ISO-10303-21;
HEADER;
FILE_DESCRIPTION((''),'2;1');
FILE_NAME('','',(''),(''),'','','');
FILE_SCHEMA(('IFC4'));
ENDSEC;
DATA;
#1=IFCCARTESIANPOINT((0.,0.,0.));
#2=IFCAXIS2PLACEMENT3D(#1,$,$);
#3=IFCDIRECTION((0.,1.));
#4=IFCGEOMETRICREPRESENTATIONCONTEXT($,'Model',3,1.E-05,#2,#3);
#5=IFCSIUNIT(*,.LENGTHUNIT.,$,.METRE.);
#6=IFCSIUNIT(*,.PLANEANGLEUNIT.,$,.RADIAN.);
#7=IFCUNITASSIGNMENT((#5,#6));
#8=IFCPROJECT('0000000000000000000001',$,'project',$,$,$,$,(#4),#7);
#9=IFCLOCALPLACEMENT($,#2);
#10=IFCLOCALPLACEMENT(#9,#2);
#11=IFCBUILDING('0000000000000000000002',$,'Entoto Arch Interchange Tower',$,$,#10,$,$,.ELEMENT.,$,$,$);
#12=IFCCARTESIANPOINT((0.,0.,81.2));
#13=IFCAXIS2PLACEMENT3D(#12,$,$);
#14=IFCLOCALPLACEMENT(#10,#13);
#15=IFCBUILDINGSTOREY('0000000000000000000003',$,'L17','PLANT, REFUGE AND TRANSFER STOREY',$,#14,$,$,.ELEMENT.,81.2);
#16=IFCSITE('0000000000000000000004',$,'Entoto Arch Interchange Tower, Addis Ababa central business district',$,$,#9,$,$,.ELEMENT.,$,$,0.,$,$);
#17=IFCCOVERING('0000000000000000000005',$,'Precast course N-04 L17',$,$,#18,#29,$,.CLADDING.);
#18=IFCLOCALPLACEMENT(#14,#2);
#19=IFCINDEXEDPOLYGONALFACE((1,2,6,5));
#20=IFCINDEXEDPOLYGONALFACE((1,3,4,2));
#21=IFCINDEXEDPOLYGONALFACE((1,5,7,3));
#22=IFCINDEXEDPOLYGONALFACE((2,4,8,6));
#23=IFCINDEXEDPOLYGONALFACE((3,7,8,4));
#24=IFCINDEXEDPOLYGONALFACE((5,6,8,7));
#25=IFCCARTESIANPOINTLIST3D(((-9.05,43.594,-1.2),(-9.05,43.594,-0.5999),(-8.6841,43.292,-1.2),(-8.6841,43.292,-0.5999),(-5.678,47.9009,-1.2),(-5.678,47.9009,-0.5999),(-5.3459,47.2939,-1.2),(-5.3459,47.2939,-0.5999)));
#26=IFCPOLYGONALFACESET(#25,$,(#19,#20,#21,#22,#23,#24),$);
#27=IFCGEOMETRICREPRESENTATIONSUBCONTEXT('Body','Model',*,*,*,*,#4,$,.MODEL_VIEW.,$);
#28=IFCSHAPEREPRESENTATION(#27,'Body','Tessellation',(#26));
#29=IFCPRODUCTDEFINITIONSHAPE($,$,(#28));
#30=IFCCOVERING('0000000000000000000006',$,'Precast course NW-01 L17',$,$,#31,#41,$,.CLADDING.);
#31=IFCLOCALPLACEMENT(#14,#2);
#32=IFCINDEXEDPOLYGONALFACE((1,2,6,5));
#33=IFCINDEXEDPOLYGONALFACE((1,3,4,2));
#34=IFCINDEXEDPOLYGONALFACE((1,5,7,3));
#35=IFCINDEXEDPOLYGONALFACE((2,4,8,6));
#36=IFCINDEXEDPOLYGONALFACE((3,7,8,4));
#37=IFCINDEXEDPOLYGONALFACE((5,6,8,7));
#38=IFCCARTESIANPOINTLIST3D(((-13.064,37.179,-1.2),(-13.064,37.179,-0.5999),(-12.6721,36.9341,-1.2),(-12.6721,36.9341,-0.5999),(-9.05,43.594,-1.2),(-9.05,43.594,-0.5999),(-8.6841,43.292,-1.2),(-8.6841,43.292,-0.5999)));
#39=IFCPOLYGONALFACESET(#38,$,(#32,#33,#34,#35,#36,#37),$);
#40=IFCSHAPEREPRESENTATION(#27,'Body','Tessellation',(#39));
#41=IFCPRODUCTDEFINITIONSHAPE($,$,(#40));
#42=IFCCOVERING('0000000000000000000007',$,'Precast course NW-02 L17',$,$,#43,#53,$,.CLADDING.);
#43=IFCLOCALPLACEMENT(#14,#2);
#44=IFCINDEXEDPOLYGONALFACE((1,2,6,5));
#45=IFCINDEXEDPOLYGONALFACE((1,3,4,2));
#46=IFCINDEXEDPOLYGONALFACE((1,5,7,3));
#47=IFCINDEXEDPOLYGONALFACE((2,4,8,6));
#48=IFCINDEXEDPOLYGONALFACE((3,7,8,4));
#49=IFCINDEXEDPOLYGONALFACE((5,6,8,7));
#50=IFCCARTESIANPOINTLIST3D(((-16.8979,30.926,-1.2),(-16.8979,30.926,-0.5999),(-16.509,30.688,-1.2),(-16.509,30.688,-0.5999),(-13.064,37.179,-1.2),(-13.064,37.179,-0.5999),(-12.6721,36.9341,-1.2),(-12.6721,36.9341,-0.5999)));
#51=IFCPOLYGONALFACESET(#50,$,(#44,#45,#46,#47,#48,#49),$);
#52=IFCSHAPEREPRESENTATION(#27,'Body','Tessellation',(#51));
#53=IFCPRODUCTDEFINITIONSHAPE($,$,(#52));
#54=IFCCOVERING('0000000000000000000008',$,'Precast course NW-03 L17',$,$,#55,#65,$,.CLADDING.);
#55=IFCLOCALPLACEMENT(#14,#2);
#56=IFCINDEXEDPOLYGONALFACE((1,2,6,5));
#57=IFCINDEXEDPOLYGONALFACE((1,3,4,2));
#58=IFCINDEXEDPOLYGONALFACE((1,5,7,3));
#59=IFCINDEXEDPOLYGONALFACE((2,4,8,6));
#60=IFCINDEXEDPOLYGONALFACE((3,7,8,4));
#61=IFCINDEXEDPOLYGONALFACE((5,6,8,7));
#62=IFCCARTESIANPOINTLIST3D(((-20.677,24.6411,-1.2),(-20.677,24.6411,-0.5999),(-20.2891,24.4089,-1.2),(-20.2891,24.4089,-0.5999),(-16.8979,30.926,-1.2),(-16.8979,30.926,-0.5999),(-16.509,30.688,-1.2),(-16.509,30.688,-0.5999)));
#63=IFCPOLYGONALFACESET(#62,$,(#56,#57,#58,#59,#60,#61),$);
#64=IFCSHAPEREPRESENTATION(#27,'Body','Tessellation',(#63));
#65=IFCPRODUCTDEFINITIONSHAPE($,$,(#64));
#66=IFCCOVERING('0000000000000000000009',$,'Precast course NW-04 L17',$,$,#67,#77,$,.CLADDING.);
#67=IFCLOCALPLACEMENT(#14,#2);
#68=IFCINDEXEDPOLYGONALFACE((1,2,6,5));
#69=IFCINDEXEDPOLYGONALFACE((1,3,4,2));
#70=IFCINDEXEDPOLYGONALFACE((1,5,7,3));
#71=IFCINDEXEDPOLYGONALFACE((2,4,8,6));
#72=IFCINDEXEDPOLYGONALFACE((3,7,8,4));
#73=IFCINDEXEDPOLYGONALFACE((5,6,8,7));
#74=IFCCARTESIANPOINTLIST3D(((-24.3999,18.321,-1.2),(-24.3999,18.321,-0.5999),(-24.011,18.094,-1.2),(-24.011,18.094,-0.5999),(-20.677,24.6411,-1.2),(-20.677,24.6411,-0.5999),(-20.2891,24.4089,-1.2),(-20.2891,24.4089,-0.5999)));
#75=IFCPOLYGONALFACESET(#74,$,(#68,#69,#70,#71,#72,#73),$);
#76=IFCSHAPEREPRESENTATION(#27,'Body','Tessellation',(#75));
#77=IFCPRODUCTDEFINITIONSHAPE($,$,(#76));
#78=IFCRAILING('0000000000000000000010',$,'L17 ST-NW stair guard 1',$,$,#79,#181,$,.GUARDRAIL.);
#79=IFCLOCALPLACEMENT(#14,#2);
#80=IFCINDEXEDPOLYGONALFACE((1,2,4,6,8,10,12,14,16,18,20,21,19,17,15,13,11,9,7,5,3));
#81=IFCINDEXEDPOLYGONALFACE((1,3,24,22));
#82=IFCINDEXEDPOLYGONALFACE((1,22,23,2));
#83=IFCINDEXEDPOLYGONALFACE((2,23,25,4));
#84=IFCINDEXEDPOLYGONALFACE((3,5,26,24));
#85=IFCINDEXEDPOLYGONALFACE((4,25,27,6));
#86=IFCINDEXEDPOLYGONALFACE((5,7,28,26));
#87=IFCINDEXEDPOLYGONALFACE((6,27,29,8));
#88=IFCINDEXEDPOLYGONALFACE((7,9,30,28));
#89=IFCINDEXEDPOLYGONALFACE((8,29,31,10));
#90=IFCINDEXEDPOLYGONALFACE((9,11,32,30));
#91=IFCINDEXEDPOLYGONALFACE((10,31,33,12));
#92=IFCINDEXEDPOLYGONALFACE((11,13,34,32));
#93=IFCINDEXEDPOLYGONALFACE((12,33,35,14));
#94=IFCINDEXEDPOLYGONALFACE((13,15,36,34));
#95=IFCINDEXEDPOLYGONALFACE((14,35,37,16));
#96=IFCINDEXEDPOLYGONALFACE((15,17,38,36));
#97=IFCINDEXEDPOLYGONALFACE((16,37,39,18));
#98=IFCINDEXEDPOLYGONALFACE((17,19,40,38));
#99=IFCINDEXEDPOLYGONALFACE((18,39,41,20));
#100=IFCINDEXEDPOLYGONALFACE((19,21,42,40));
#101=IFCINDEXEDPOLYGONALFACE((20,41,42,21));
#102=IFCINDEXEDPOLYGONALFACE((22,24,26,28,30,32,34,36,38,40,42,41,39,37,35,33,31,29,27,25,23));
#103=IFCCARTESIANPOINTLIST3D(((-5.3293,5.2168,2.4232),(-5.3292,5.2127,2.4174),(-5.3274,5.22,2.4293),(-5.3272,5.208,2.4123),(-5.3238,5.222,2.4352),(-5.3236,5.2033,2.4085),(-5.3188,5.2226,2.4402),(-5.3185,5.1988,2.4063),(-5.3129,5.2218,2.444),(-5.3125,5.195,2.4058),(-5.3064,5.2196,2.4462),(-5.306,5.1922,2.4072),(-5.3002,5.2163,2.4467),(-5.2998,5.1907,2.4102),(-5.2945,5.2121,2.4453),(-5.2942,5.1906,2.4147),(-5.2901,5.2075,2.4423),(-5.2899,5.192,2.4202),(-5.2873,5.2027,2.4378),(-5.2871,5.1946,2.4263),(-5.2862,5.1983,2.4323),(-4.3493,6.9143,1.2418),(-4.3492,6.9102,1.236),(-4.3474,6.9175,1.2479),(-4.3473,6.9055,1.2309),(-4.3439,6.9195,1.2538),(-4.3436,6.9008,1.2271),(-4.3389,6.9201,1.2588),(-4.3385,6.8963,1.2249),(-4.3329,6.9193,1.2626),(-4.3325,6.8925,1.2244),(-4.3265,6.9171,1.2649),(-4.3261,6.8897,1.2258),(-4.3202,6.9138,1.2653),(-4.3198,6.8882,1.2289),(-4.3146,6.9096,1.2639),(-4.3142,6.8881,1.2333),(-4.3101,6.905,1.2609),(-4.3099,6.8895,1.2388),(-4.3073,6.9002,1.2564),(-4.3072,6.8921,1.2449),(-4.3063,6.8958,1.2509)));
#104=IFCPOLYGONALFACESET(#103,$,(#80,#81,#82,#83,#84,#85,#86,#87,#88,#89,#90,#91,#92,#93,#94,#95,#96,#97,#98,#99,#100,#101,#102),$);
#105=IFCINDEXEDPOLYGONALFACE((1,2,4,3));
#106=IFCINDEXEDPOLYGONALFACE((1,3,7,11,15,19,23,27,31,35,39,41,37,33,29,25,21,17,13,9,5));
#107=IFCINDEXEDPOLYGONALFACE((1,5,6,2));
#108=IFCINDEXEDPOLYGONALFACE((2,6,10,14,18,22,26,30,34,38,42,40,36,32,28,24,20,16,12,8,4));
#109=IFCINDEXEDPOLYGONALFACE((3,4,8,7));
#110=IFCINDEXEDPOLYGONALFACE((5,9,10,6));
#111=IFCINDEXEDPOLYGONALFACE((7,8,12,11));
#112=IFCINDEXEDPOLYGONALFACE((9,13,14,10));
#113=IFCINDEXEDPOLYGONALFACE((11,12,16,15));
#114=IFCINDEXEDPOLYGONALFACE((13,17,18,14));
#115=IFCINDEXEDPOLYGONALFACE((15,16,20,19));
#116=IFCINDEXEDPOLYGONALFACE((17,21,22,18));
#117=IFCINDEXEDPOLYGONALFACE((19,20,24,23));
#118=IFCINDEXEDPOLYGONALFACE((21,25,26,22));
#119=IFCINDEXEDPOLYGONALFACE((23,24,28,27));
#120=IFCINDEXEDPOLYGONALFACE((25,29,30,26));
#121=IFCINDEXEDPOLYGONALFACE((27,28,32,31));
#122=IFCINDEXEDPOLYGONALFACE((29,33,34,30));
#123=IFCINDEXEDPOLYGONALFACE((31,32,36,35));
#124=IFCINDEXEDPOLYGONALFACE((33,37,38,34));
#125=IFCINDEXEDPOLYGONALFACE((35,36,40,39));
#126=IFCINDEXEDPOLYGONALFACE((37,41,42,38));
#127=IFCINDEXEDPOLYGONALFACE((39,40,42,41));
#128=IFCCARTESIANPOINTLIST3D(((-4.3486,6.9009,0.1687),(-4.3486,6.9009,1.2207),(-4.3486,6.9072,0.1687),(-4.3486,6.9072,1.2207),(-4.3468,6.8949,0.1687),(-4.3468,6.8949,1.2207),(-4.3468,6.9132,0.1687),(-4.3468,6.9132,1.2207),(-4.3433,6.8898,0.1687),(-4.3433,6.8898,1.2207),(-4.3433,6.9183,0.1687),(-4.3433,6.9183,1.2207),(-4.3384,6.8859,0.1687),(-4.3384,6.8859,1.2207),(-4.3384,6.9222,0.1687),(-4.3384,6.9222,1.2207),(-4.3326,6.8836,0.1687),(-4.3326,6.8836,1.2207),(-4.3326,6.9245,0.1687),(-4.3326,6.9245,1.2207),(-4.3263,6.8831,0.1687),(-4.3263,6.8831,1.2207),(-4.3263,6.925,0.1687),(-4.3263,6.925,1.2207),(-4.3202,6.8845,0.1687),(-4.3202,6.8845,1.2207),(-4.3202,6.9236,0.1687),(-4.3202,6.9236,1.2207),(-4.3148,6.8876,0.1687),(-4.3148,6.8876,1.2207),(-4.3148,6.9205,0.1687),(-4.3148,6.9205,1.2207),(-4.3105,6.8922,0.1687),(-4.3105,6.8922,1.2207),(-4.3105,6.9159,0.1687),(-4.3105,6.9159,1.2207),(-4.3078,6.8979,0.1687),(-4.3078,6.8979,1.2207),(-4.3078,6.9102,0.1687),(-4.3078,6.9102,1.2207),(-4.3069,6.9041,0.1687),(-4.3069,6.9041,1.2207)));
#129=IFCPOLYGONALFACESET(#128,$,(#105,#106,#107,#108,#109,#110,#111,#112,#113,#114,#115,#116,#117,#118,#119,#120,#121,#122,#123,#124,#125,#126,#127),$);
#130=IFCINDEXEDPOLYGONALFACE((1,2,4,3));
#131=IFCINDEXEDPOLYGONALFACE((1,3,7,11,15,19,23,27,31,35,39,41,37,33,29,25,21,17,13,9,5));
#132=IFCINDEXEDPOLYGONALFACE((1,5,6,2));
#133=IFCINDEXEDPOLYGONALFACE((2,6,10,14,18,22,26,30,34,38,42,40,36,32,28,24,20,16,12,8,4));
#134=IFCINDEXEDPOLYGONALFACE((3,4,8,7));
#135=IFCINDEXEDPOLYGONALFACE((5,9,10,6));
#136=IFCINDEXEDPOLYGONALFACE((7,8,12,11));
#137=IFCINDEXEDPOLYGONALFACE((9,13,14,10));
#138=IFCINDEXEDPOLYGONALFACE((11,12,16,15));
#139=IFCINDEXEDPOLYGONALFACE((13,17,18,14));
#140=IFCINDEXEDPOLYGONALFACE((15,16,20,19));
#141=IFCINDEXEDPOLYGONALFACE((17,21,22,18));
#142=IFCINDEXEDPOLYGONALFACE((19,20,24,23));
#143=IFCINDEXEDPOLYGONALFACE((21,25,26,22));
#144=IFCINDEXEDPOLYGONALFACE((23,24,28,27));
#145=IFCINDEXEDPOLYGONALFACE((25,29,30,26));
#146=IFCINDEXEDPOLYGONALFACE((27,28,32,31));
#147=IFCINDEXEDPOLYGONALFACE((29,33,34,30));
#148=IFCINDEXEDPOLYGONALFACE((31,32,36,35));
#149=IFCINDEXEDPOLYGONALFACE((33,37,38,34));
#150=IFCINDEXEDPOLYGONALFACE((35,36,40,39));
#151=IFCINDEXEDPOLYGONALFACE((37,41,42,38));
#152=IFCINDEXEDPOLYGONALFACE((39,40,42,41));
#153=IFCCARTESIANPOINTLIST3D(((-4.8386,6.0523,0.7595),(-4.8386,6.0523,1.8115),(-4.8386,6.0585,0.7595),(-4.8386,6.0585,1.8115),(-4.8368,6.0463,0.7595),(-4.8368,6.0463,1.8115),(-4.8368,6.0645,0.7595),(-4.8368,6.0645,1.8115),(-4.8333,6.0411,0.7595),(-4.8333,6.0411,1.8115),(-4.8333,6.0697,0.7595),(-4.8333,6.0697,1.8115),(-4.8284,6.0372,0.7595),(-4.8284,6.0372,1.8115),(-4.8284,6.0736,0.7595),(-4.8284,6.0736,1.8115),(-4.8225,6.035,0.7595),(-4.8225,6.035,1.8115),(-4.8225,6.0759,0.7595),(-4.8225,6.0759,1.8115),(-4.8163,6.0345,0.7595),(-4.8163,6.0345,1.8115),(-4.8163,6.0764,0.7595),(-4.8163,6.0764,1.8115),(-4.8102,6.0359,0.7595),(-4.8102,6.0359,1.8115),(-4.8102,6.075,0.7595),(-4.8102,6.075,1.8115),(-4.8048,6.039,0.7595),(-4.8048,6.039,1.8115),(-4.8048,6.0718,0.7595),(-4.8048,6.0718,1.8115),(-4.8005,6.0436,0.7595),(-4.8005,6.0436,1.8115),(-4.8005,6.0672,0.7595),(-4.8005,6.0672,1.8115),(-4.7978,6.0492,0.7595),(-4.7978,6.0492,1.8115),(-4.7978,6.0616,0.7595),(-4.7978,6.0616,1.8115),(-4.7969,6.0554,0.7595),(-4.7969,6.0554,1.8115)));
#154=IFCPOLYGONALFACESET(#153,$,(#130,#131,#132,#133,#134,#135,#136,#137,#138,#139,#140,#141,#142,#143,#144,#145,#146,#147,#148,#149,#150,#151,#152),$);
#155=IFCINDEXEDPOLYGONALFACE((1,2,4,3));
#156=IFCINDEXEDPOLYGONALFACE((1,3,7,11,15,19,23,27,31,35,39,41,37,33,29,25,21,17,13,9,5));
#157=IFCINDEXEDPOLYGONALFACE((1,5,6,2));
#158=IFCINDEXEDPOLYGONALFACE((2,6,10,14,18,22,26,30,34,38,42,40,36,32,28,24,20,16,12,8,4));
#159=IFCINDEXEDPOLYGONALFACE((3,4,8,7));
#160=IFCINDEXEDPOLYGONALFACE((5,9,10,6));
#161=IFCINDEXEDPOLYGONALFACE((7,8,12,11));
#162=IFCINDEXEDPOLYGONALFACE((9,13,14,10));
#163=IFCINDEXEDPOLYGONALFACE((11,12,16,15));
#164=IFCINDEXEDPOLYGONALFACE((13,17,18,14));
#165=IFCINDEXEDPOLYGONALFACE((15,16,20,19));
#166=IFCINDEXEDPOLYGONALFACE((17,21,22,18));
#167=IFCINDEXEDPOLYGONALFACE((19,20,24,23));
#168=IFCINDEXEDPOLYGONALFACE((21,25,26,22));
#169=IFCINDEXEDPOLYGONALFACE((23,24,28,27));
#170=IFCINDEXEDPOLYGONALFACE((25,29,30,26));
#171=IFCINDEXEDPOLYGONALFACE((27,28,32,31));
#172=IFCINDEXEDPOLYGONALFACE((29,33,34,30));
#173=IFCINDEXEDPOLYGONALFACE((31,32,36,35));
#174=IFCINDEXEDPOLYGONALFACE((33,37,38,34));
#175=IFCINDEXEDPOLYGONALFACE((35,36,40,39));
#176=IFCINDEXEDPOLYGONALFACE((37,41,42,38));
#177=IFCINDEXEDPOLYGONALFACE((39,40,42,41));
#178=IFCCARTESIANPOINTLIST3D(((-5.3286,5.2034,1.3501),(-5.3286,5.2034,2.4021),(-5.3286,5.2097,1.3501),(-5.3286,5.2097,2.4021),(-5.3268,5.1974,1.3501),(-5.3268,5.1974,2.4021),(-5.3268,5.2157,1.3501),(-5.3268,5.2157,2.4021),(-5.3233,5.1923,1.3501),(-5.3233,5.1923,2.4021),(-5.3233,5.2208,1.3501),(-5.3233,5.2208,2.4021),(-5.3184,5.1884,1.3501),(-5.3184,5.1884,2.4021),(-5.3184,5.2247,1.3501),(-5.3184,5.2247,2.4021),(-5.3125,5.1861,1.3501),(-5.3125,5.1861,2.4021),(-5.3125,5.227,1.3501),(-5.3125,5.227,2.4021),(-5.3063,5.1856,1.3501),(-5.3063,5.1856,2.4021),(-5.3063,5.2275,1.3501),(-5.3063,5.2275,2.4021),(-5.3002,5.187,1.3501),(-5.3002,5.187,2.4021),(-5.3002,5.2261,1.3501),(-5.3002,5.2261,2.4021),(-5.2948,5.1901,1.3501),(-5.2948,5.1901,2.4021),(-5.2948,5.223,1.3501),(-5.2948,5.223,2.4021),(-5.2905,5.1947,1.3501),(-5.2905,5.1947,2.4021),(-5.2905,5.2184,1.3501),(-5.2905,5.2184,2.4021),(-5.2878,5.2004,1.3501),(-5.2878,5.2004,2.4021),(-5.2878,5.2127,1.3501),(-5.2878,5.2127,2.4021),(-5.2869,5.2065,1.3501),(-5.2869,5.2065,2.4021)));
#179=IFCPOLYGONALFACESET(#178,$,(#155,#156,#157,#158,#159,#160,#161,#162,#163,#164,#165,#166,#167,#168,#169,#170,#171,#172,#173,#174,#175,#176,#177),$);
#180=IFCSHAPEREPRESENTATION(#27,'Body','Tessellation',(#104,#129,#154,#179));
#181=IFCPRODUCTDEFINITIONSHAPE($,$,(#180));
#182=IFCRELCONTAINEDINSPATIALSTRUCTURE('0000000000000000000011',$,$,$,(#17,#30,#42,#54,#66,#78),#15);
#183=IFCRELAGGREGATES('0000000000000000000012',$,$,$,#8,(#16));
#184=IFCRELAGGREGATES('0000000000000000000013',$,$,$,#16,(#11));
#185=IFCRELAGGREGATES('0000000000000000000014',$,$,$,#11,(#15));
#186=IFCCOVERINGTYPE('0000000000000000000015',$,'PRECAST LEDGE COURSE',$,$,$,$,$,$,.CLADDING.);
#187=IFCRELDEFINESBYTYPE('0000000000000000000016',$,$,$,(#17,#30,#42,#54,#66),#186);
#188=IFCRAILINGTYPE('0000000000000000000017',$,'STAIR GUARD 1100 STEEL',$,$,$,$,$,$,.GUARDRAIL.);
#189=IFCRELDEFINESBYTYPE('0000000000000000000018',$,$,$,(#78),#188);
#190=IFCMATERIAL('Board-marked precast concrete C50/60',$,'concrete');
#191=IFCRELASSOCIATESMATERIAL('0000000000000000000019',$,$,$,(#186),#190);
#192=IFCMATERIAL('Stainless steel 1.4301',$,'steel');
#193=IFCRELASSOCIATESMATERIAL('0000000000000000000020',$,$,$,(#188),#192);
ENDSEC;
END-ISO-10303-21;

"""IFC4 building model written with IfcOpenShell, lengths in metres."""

from ifc_helpers import new_model, si_unit, direction, frame, origin, origin_2d, place, context, subcontext, project, spatial, polyline, circle, outline, extrude, material, type_object, element, save


model = new_model("IFC4")

# Units and contexts
model_context = context("Model", 3, precision=1e-05, world=origin(), true_north=direction((0.0, 1.0)))
body_context = subcontext(model_context, "Body", "Model", "MODEL_VIEW")
ifc_project = project(units=[si_unit("LENGTHUNIT", "METRE"), si_unit("PLANEANGLEUNIT", "RADIAN")], contexts=[model_context])

# Site, building, storey
site_placement = place(None, origin())
site = spatial("IfcSite", under=ifc_project, at=site_placement, Name="Entoto Arch Interchange Tower, Addis Ababa central business district", CompositionType="ELEMENT", RefElevation=0.0)
building_placement = place(site_placement, origin())
building = spatial("IfcBuilding", under=site, at=building_placement, Name="Entoto Arch Interchange Tower", CompositionType="ELEMENT")
storey_placement = place(building_placement, frame((0.0, 0.0, 81.2)))
storey = spatial("IfcBuildingStorey", under=building, at=storey_placement, Name="L17", Description="PLANT, REFUGE AND TRANSFER STOREY", CompositionType="ELEMENT", Elevation=81.2)

# Coverings
ifc_material_1 = material(Name="Board-marked precast concrete C50/60", Category="concrete")
covering_type = type_object("IfcCoveringType", Name="PRECAST LEDGE COURSE", PredefinedType="CLADDING", material=ifc_material_1)
covering_1_placement = place(storey_placement, frame((0.0, 0.0, -1.2)))
element("IfcCovering", 1, at=covering_1_placement, inside=storey, type_object=covering_type, Name="Precast course N-04 L17", PredefinedType="CLADDING", context=body_context, shape_type="SweptSolid", body=[
    extrude(outline(polyline([(-8.6841, 43.292), (-9.05, 43.594), (-5.678, 47.9009), (-5.3459, 47.2939), (-8.6841, 43.292)])), origin(), (0.0, 0.0, 1.0), 0.6001),
])
covering_2_placement = place(storey_placement, frame((0.0, 0.0, -1.2)))
element("IfcCovering", 2, at=covering_2_placement, inside=storey, type_object=covering_type, Name="Precast course NW-01 L17", PredefinedType="CLADDING", context=body_context, shape_type="SweptSolid", body=[
    extrude(outline(polyline([(-12.6721, 36.9341), (-13.064, 37.179), (-9.05, 43.594), (-8.6841, 43.292), (-12.6721, 36.9341)])), origin(), (0.0, 0.0, 1.0), 0.6001),
])
covering_3_placement = place(storey_placement, frame((0.0, 0.0, -1.2)))
element("IfcCovering", 3, at=covering_3_placement, inside=storey, type_object=covering_type, Name="Precast course NW-02 L17", PredefinedType="CLADDING", context=body_context, shape_type="SweptSolid", body=[
    extrude(outline(polyline([(-16.509, 30.688), (-16.8979, 30.926), (-13.064, 37.179), (-12.6721, 36.9341), (-16.509, 30.688)])), origin(), (0.0, 0.0, 1.0), 0.6001),
])
covering_4_placement = place(storey_placement, frame((0.0, 0.0, -1.2)))
element("IfcCovering", 4, at=covering_4_placement, inside=storey, type_object=covering_type, Name="Precast course NW-03 L17", PredefinedType="CLADDING", context=body_context, shape_type="SweptSolid", body=[
    extrude(outline(polyline([(-20.2891, 24.4089), (-20.677, 24.6411), (-16.8979, 30.926), (-16.509, 30.688), (-20.2891, 24.4089)])), origin(), (0.0, 0.0, 1.0), 0.6001),
])
covering_5_placement = place(storey_placement, frame((0.0, 0.0, -1.2)))
element("IfcCovering", 5, at=covering_5_placement, inside=storey, type_object=covering_type, Name="Precast course NW-04 L17", PredefinedType="CLADDING", context=body_context, shape_type="SweptSolid", body=[
    extrude(outline(polyline([(-24.011, 18.094), (-24.3999, 18.321), (-20.677, 24.6411), (-20.2891, 24.4089), (-24.011, 18.094)])), origin(), (0.0, 0.0, 1.0), 0.6001),
])

# Railing
ifc_material_2 = material(Name="Stainless steel 1.4301", Category="steel")
railing_type_1 = type_object("IfcRailingType", Name="STAIR GUARD 1100 STEEL", PredefinedType="GUARDRAIL", material=ifc_material_2)
railing_1_placement = place(storey_placement, frame((-4.3279, 6.9041, 0.1687)))
element("IfcRailing", 6, at=railing_1_placement, inside=storey, type_object=railing_type_1, Name="L17 ST-NW stair guard 1", PredefinedType="GUARDRAIL", context=body_context, shape_type="SweptSolid", body=[
    extrude(circle(Radius=0.0239, at=origin_2d()), frame((0.0, 0.0, 1.0762), z_axis=(-0.428205, -0.741731, 0.516214), x_axis=(0.866042, -0.49997, 0.0)), (0.0, 0.0, 1.0), 2.2886),
    extrude(circle(Radius=0.021, at=origin_2d()), origin(), (0.0, 0.0, 1.0), 1.052),
    extrude(circle(Radius=0.021, at=origin_2d()), frame((-0.49, -0.8486, 0.5908)), (0.0, 0.0, 1.0), 1.052),
    extrude(circle(Radius=0.021, at=origin_2d()), frame((-0.98, -1.6975, 1.1814)), (0.0, 0.0, 1.0), 1.052),
])

save(model, "model.ifc")
